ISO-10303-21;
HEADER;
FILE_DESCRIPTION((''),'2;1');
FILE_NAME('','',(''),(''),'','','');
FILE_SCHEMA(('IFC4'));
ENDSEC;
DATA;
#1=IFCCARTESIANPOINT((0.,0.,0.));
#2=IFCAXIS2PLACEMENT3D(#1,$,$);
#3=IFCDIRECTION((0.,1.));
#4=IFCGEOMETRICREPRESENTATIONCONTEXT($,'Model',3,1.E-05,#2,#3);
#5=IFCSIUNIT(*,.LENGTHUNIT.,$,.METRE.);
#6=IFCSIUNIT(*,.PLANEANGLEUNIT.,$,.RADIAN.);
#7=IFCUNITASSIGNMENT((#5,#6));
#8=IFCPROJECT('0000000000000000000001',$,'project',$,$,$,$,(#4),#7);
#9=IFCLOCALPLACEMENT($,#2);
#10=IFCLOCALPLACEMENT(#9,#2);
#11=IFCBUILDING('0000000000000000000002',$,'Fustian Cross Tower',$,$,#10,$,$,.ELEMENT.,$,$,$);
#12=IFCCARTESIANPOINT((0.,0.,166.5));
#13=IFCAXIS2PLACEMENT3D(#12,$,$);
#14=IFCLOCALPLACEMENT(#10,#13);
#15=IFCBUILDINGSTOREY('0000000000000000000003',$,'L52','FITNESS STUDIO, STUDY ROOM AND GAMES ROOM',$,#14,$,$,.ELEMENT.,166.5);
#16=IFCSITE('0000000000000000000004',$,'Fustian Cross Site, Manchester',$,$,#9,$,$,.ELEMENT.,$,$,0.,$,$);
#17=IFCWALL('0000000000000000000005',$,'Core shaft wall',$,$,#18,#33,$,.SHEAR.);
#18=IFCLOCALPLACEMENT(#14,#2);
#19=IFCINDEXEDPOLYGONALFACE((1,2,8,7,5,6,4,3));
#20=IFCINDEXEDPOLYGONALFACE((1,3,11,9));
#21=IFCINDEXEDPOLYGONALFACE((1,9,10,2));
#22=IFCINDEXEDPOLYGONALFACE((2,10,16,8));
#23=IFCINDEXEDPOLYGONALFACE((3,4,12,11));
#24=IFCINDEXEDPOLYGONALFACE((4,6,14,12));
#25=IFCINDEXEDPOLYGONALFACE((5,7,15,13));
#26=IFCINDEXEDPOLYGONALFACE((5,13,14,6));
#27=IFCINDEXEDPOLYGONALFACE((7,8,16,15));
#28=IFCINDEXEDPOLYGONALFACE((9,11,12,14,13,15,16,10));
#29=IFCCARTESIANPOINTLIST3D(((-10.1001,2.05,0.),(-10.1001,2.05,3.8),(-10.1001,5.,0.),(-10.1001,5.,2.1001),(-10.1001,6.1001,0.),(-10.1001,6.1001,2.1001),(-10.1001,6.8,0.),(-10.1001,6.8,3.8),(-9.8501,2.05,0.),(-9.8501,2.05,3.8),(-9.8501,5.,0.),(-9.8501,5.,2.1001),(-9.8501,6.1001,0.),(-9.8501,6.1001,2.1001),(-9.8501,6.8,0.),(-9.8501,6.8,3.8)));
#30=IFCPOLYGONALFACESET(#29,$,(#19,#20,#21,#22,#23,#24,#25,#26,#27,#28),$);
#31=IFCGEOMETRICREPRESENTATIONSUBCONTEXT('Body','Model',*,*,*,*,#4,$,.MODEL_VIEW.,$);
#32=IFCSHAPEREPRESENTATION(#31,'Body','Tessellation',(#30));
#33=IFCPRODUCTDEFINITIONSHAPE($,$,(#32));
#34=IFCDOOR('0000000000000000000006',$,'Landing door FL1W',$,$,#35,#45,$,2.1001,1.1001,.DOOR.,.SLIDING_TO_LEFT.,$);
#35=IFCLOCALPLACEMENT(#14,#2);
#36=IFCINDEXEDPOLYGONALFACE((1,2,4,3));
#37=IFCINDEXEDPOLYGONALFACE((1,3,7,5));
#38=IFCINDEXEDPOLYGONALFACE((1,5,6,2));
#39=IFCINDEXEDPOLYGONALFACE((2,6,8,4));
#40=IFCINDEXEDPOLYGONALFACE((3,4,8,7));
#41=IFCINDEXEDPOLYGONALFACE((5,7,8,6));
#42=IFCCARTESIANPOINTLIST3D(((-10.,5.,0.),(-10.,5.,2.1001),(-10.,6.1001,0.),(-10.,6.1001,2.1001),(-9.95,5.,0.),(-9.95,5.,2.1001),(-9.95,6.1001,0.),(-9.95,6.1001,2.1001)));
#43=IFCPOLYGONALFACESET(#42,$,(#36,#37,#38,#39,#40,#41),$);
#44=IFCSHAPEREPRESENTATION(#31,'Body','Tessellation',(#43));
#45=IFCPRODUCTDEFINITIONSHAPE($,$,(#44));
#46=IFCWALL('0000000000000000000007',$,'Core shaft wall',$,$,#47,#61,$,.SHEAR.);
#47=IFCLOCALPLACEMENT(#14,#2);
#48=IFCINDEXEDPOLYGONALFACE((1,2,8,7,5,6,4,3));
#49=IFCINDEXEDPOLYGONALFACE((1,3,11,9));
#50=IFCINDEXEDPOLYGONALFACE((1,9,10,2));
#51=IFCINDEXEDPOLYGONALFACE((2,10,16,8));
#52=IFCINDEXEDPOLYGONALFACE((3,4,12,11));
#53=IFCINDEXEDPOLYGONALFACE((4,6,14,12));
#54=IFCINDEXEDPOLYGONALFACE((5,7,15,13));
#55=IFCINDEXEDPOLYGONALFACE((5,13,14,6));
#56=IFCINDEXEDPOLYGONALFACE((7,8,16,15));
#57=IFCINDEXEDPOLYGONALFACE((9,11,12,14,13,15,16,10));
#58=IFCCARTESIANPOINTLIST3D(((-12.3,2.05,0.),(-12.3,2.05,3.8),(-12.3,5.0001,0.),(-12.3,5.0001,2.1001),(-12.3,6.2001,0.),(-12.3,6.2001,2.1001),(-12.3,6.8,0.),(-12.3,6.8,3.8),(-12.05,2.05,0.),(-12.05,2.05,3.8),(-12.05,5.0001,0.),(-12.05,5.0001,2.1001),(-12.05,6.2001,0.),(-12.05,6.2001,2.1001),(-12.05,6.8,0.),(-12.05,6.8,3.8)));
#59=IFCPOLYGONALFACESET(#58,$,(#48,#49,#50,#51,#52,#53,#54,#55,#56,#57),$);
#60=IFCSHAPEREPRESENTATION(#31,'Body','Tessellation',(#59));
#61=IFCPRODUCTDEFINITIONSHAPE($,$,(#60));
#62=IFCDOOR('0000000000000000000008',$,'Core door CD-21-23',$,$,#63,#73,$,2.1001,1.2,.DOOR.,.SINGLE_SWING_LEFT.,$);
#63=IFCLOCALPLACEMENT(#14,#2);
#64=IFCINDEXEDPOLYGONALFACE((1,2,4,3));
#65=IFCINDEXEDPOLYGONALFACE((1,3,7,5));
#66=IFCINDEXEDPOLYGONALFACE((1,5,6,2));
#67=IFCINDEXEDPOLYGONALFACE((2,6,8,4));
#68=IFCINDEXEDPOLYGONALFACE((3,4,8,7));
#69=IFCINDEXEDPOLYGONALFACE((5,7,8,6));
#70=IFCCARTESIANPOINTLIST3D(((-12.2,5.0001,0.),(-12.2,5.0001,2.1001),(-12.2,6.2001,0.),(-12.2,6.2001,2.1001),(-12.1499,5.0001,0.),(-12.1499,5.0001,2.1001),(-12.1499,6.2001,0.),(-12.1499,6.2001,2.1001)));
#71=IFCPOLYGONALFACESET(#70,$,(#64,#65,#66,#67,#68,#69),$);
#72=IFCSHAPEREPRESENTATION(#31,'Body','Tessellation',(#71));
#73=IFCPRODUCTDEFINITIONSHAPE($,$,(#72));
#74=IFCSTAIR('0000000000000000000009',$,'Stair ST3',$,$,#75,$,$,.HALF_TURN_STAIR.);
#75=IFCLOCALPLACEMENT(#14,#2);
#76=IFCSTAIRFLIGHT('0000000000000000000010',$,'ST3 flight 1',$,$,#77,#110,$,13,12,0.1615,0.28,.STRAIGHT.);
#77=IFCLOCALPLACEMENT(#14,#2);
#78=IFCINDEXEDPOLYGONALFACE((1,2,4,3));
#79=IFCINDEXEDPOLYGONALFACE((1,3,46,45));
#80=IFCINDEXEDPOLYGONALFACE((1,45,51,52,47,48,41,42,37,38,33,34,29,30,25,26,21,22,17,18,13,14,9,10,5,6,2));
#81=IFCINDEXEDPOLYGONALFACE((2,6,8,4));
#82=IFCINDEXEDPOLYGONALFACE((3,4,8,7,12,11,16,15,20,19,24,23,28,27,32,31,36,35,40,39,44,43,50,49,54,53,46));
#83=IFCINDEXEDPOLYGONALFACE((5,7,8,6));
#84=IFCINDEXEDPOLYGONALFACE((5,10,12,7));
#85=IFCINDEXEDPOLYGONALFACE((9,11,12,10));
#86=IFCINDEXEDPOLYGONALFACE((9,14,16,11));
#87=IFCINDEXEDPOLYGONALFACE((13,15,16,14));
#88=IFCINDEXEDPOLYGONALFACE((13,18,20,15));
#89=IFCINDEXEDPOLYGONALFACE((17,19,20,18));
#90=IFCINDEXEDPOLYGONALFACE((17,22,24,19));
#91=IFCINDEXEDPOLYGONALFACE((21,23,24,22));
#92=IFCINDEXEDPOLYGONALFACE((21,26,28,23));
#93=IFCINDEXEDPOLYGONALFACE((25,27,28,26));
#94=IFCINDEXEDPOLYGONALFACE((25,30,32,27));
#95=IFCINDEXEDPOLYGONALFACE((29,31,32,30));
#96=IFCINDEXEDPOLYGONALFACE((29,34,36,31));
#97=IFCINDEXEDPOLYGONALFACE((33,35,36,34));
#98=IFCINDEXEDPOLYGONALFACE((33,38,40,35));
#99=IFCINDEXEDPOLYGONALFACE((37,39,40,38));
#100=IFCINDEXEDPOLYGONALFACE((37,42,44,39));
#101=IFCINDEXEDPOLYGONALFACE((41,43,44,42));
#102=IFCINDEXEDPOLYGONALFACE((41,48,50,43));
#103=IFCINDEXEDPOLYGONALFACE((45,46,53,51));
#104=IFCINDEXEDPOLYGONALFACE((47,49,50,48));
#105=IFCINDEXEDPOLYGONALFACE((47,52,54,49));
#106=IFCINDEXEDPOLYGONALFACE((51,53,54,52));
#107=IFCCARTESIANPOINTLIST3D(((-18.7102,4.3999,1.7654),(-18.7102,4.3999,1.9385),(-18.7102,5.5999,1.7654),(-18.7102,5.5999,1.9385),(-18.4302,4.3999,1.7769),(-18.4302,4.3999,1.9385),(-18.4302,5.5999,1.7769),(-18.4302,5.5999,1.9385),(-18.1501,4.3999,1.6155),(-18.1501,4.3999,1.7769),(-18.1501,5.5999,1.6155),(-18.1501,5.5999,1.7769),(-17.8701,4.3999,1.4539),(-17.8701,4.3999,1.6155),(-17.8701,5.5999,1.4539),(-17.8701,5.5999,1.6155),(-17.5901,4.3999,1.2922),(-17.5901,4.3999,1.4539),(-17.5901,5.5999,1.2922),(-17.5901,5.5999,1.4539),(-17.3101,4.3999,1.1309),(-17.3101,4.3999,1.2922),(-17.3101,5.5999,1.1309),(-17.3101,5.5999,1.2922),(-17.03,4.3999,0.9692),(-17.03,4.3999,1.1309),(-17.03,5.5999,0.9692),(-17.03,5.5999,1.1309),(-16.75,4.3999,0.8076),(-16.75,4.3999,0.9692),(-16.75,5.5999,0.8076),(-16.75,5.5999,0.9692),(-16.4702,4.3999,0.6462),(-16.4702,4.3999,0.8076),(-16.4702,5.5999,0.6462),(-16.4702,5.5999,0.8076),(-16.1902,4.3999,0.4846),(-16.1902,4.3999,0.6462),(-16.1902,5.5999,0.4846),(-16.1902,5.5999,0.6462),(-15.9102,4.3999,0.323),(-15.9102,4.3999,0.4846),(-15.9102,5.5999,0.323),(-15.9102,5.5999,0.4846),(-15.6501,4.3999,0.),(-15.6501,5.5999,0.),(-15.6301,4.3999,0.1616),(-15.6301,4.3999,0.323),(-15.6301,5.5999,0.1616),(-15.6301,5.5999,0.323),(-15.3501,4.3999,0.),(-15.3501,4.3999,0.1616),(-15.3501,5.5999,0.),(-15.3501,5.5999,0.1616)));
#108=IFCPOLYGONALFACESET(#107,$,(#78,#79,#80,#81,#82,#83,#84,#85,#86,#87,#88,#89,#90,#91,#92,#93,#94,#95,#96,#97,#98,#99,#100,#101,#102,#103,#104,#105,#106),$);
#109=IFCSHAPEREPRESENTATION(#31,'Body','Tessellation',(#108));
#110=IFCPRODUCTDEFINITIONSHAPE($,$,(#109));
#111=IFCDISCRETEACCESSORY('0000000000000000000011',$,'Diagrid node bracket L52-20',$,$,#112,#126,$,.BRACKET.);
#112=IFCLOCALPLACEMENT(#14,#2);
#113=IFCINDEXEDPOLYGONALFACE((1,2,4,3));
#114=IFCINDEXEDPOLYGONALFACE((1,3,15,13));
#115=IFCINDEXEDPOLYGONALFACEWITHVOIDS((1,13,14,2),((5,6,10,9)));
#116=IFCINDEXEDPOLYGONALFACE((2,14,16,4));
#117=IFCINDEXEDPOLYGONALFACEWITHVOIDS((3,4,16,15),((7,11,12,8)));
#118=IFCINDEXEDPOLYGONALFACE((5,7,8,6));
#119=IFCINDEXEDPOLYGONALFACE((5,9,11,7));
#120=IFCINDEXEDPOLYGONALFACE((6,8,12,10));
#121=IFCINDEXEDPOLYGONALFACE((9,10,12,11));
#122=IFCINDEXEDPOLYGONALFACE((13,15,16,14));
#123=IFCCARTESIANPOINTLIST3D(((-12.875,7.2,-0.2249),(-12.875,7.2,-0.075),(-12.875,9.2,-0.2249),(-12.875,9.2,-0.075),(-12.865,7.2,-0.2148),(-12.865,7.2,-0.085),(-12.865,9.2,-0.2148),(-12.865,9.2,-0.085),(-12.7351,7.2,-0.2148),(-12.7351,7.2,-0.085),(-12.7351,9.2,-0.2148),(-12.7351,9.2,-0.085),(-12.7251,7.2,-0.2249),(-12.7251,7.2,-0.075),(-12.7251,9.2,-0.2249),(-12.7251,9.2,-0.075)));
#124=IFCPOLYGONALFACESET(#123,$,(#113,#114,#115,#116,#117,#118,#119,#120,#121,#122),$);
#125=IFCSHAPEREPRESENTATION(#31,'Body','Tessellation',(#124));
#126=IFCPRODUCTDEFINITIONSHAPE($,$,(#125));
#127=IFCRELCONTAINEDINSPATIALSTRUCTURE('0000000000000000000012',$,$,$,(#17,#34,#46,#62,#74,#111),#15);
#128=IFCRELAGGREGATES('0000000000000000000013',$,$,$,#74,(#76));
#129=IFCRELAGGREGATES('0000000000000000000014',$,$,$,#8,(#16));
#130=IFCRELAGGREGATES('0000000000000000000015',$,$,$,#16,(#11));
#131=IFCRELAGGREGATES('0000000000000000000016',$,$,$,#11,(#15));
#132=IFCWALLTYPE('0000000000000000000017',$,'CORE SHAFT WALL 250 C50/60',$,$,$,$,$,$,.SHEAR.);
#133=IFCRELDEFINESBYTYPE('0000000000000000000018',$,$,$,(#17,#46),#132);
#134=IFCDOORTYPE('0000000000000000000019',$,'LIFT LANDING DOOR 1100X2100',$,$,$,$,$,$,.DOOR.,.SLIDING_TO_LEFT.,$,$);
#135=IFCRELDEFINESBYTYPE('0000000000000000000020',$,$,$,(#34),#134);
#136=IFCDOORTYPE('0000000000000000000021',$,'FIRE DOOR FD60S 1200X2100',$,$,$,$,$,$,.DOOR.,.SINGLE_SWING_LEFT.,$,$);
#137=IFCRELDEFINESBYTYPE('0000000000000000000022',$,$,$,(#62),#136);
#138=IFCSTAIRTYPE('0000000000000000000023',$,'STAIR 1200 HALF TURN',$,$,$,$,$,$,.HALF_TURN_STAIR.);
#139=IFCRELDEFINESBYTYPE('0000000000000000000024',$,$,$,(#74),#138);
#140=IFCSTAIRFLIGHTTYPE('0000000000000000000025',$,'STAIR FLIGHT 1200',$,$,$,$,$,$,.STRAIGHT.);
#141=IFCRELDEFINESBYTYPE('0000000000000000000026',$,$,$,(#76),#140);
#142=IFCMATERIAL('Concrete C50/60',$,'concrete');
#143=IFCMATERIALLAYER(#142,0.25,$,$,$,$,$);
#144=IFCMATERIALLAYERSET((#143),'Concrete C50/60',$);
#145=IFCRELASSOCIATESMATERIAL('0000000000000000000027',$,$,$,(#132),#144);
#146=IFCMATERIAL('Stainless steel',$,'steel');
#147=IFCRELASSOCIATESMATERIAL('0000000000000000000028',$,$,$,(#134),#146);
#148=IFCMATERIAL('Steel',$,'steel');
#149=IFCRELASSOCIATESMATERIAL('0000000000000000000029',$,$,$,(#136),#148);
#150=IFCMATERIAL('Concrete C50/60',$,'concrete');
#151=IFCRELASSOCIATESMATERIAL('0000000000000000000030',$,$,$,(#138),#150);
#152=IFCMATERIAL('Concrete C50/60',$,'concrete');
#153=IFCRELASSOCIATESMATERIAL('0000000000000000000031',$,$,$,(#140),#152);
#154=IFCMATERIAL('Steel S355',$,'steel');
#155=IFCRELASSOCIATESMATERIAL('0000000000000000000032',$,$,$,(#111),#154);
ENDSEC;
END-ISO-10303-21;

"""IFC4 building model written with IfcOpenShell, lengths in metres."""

from ifc_helpers import new_model, si_unit, direction, frame, frame_2d, origin, origin_2d, place, context, subcontext, project, spatial, polyline, rectangle, hollow_rectangle, outline, extrude, material, layer, layer_set, type_object, element, fill, aggregate, save


model = new_model("IFC4")

# Units and contexts
model_context = context("Model", 3, precision=1e-05, world=origin(), true_north=direction((0.0, 1.0)))
body_context = subcontext(model_context, "Body", "Model", "MODEL_VIEW")
ifc_project = project(units=[si_unit("LENGTHUNIT", "METRE"), si_unit("PLANEANGLEUNIT", "RADIAN")], contexts=[model_context])

# Site, building, storey
site_placement = place(None, origin())
site = spatial("IfcSite", under=ifc_project, at=site_placement, Name="Fustian Cross Site, Manchester", CompositionType="ELEMENT", RefElevation=0.0)
building_placement = place(site_placement, origin())
building = spatial("IfcBuilding", under=site, at=building_placement, Name="Fustian Cross Tower", CompositionType="ELEMENT")
storey_placement = place(building_placement, frame((0.0, 0.0, 166.5)))
storey = spatial("IfcBuildingStorey", under=building, at=storey_placement, Name="L52", Description="FITNESS STUDIO, STUDY ROOM AND GAMES ROOM", CompositionType="ELEMENT", Elevation=166.5)

# Shared definitions
ifc_material_1 = material(Name="Concrete C50/60", Category="concrete")
ifc_layer = layer(ifc_material_1, 0.25)
ifc_layer_set = layer_set([ifc_layer], Name="Concrete C50/60")
wall_type = type_object("IfcWallType", Name="CORE SHAFT WALL 250 C50/60", PredefinedType="SHEAR", material=ifc_layer_set)

# Walls, openings, doors
wall_1_placement = place(storey_placement, frame((-9.9751, 2.05, 0.0), z_axis=(0.0, 0.0, 1.0), x_axis=(0.0, 1.0, 0.0)))
wall_1 = element("IfcWall", 1, at=wall_1_placement, inside=storey, type_object=wall_type, Name="Core shaft wall", PredefinedType="SHEAR", context=body_context, shape_type="SweptSolid", body=[
    extrude(rectangle(XDim=4.75, YDim=0.25, at=frame_2d((2.375, 0.0))), origin(), (0.0, 0.0, 1.0), 3.8),
])
opening_1_placement = place(wall_1_placement, frame((2.95, 0.0, 0.0)))
opening_1 = element("IfcOpeningElement", 2, at=opening_1_placement, cuts=wall_1, PredefinedType="OPENING", context=body_context, shape_type="SweptSolid", body=[
    extrude(rectangle(XDim=1.1001, YDim=2.1001, at=frame_2d((0.55, 1.05))), frame((0.0, 0.135, 0.0), z_axis=(0.0, -1.0, 0.0), x_axis=(1.0, 0.0, 0.0)), (0.0, 0.0, 1.0), 0.27),
])
ifc_material_2 = material(Name="Stainless steel", Category="steel")
door_type_1 = type_object("IfcDoorType", Name="LIFT LANDING DOOR 1100X2100", OperationType="SLIDING_TO_LEFT", PredefinedType="DOOR", material=ifc_material_2)
door_1_placement = place(opening_1_placement, origin())
door_1 = element("IfcDoor", 3, at=door_1_placement, inside=storey, type_object=door_type_1, Name="Landing door FL1W", OperationType="SLIDING_TO_LEFT", OverallHeight=2.1001, OverallWidth=1.1001, PredefinedType="DOOR", context=body_context, shape_type="SweptSolid", body=[
    extrude(rectangle(XDim=1.1001, YDim=2.1001, at=frame_2d((0.55, 1.05))), frame((0.0, 0.0249, 0.0), z_axis=(0.0, -1.0, 0.0), x_axis=(1.0, 0.0, 0.0)), (0.0, 0.0, 1.0), 0.05),
])
fill(opening_1, door_1)
wall_2_placement = place(storey_placement, frame((-12.175, 2.05, 0.0), z_axis=(0.0, 0.0, 1.0), x_axis=(0.0, 1.0, 0.0)))
wall_2 = element("IfcWall", 4, at=wall_2_placement, inside=storey, type_object=wall_type, Name="Core shaft wall", PredefinedType="SHEAR", context=body_context, shape_type="SweptSolid", body=[
    extrude(rectangle(XDim=4.75, YDim=0.25, at=frame_2d((2.375, 0.0))), origin(), (0.0, 0.0, 1.0), 3.8),
])
opening_2_placement = place(wall_2_placement, frame((2.95, 0.0, 0.0)))
opening_2 = element("IfcOpeningElement", 5, at=opening_2_placement, cuts=wall_2, PredefinedType="OPENING", context=body_context, shape_type="SweptSolid", body=[
    extrude(rectangle(XDim=1.2, YDim=2.1001, at=frame_2d((0.6001, 1.05))), frame((0.0, 0.135, 0.0), z_axis=(0.0, -1.0, 0.0), x_axis=(1.0, 0.0, 0.0)), (0.0, 0.0, 1.0), 0.27),
])
ifc_material_3 = material(Name="Steel", Category="steel")
door_type_2 = type_object("IfcDoorType", Name="FIRE DOOR FD60S 1200X2100", OperationType="SINGLE_SWING_LEFT", PredefinedType="DOOR", material=ifc_material_3)
door_2_placement = place(opening_2_placement, origin())
door_2 = element("IfcDoor", 6, at=door_2_placement, inside=storey, type_object=door_type_2, Name="Core door CD-21-23", OperationType="SINGLE_SWING_LEFT", OverallHeight=2.1001, OverallWidth=1.2, PredefinedType="DOOR", context=body_context, shape_type="SweptSolid", body=[
    extrude(rectangle(XDim=1.2, YDim=2.1001, at=frame_2d((0.6001, 1.05))), frame((0.0, 0.0249, 0.0), z_axis=(0.0, -1.0, 0.0), x_axis=(1.0, 0.0, 0.0)), (0.0, 0.0, 1.0), 0.05),
])
fill(opening_2, door_2)

# Stair, stair flight
ifc_material_4 = material(Name="Concrete C50/60", Category="concrete")
stair_type = type_object("IfcStairType", Name="STAIR 1200 HALF TURN", PredefinedType="HALF_TURN_STAIR", material=ifc_material_4)
stair_placement = place(storey_placement, origin())
stair = element("IfcStair", 7, at=stair_placement, inside=storey, type_object=stair_type, Name="Stair ST3", PredefinedType="HALF_TURN_STAIR")
ifc_material_5 = material(Name="Concrete C50/60", Category="concrete")
stair_flight_type = type_object("IfcStairFlightType", Name="STAIR FLIGHT 1200", PredefinedType="STRAIGHT", material=ifc_material_5)
stair_flight_placement = place(storey_placement, frame((-15.3501, 5.0, 0.0), z_axis=(0.0, 0.0, 1.0), x_axis=(-1.0, 0.0, 0.0)))
stair_flight = element("IfcStairFlight", 8, at=stair_flight_placement, type_object=stair_flight_type, Name="ST3 flight 1", NumberOfRisers=13, NumberOfTreads=12, PredefinedType="STRAIGHT", RiserHeight=0.1615, TreadLength=0.28, context=body_context, shape_type="SweptSolid", body=[
    extrude(outline(polyline([(0.0, 0.0), (0.0, 0.1616), (0.28, 0.1616), (0.28, 0.323), (0.5601, 0.323), (0.5601, 0.4846), (0.8401, 0.4846), (0.8401, 0.6462), (1.1201, 0.6462), (1.1201, 0.8076), (1.3999, 0.8076), (1.3999, 0.9692), (1.6799, 0.9692), (1.6799, 1.1309), (1.96, 1.1309), (1.96, 1.2922), (2.24, 1.2922), (2.24, 1.4539), (2.52, 1.4539), (2.52, 1.6155), (2.8, 1.6155), (2.8, 1.7769), (3.0801, 1.7769), (3.0801, 1.9385), (3.3601, 1.9385), (3.3601, 2.1001), (3.3601, 1.7654), (0.3, 0.0), (0.0, 0.0)])), frame((0.0, 0.6001, 0.0), z_axis=(0.0, -1.0, 0.0), x_axis=(1.0, 0.0, 0.0)), (0.0, 0.0, 1.0), 1.2),
])
aggregate(stair, [stair_flight])

# Discrete accessory
ifc_material_6 = material(Name="Steel S355", Category="steel")
discrete_accessory_placement = place(storey_placement, frame((-12.8, 9.2, -0.1499), z_axis=(0.0, -1.0, 0.0), x_axis=(1.0, 0.0, 0.0)))
element("IfcDiscreteAccessory", 9, at=discrete_accessory_placement, inside=storey, material=ifc_material_6, Name="Diagrid node bracket L52-20", PredefinedType="BRACKET", context=body_context, shape_type="SweptSolid", body=[
    extrude(hollow_rectangle(XDim=0.1499, YDim=0.1499, WallThickness=0.01, at=origin_2d()), origin(), (0.0, 0.0, 1.0), 2.0),
])

save(model, "model.ifc")
